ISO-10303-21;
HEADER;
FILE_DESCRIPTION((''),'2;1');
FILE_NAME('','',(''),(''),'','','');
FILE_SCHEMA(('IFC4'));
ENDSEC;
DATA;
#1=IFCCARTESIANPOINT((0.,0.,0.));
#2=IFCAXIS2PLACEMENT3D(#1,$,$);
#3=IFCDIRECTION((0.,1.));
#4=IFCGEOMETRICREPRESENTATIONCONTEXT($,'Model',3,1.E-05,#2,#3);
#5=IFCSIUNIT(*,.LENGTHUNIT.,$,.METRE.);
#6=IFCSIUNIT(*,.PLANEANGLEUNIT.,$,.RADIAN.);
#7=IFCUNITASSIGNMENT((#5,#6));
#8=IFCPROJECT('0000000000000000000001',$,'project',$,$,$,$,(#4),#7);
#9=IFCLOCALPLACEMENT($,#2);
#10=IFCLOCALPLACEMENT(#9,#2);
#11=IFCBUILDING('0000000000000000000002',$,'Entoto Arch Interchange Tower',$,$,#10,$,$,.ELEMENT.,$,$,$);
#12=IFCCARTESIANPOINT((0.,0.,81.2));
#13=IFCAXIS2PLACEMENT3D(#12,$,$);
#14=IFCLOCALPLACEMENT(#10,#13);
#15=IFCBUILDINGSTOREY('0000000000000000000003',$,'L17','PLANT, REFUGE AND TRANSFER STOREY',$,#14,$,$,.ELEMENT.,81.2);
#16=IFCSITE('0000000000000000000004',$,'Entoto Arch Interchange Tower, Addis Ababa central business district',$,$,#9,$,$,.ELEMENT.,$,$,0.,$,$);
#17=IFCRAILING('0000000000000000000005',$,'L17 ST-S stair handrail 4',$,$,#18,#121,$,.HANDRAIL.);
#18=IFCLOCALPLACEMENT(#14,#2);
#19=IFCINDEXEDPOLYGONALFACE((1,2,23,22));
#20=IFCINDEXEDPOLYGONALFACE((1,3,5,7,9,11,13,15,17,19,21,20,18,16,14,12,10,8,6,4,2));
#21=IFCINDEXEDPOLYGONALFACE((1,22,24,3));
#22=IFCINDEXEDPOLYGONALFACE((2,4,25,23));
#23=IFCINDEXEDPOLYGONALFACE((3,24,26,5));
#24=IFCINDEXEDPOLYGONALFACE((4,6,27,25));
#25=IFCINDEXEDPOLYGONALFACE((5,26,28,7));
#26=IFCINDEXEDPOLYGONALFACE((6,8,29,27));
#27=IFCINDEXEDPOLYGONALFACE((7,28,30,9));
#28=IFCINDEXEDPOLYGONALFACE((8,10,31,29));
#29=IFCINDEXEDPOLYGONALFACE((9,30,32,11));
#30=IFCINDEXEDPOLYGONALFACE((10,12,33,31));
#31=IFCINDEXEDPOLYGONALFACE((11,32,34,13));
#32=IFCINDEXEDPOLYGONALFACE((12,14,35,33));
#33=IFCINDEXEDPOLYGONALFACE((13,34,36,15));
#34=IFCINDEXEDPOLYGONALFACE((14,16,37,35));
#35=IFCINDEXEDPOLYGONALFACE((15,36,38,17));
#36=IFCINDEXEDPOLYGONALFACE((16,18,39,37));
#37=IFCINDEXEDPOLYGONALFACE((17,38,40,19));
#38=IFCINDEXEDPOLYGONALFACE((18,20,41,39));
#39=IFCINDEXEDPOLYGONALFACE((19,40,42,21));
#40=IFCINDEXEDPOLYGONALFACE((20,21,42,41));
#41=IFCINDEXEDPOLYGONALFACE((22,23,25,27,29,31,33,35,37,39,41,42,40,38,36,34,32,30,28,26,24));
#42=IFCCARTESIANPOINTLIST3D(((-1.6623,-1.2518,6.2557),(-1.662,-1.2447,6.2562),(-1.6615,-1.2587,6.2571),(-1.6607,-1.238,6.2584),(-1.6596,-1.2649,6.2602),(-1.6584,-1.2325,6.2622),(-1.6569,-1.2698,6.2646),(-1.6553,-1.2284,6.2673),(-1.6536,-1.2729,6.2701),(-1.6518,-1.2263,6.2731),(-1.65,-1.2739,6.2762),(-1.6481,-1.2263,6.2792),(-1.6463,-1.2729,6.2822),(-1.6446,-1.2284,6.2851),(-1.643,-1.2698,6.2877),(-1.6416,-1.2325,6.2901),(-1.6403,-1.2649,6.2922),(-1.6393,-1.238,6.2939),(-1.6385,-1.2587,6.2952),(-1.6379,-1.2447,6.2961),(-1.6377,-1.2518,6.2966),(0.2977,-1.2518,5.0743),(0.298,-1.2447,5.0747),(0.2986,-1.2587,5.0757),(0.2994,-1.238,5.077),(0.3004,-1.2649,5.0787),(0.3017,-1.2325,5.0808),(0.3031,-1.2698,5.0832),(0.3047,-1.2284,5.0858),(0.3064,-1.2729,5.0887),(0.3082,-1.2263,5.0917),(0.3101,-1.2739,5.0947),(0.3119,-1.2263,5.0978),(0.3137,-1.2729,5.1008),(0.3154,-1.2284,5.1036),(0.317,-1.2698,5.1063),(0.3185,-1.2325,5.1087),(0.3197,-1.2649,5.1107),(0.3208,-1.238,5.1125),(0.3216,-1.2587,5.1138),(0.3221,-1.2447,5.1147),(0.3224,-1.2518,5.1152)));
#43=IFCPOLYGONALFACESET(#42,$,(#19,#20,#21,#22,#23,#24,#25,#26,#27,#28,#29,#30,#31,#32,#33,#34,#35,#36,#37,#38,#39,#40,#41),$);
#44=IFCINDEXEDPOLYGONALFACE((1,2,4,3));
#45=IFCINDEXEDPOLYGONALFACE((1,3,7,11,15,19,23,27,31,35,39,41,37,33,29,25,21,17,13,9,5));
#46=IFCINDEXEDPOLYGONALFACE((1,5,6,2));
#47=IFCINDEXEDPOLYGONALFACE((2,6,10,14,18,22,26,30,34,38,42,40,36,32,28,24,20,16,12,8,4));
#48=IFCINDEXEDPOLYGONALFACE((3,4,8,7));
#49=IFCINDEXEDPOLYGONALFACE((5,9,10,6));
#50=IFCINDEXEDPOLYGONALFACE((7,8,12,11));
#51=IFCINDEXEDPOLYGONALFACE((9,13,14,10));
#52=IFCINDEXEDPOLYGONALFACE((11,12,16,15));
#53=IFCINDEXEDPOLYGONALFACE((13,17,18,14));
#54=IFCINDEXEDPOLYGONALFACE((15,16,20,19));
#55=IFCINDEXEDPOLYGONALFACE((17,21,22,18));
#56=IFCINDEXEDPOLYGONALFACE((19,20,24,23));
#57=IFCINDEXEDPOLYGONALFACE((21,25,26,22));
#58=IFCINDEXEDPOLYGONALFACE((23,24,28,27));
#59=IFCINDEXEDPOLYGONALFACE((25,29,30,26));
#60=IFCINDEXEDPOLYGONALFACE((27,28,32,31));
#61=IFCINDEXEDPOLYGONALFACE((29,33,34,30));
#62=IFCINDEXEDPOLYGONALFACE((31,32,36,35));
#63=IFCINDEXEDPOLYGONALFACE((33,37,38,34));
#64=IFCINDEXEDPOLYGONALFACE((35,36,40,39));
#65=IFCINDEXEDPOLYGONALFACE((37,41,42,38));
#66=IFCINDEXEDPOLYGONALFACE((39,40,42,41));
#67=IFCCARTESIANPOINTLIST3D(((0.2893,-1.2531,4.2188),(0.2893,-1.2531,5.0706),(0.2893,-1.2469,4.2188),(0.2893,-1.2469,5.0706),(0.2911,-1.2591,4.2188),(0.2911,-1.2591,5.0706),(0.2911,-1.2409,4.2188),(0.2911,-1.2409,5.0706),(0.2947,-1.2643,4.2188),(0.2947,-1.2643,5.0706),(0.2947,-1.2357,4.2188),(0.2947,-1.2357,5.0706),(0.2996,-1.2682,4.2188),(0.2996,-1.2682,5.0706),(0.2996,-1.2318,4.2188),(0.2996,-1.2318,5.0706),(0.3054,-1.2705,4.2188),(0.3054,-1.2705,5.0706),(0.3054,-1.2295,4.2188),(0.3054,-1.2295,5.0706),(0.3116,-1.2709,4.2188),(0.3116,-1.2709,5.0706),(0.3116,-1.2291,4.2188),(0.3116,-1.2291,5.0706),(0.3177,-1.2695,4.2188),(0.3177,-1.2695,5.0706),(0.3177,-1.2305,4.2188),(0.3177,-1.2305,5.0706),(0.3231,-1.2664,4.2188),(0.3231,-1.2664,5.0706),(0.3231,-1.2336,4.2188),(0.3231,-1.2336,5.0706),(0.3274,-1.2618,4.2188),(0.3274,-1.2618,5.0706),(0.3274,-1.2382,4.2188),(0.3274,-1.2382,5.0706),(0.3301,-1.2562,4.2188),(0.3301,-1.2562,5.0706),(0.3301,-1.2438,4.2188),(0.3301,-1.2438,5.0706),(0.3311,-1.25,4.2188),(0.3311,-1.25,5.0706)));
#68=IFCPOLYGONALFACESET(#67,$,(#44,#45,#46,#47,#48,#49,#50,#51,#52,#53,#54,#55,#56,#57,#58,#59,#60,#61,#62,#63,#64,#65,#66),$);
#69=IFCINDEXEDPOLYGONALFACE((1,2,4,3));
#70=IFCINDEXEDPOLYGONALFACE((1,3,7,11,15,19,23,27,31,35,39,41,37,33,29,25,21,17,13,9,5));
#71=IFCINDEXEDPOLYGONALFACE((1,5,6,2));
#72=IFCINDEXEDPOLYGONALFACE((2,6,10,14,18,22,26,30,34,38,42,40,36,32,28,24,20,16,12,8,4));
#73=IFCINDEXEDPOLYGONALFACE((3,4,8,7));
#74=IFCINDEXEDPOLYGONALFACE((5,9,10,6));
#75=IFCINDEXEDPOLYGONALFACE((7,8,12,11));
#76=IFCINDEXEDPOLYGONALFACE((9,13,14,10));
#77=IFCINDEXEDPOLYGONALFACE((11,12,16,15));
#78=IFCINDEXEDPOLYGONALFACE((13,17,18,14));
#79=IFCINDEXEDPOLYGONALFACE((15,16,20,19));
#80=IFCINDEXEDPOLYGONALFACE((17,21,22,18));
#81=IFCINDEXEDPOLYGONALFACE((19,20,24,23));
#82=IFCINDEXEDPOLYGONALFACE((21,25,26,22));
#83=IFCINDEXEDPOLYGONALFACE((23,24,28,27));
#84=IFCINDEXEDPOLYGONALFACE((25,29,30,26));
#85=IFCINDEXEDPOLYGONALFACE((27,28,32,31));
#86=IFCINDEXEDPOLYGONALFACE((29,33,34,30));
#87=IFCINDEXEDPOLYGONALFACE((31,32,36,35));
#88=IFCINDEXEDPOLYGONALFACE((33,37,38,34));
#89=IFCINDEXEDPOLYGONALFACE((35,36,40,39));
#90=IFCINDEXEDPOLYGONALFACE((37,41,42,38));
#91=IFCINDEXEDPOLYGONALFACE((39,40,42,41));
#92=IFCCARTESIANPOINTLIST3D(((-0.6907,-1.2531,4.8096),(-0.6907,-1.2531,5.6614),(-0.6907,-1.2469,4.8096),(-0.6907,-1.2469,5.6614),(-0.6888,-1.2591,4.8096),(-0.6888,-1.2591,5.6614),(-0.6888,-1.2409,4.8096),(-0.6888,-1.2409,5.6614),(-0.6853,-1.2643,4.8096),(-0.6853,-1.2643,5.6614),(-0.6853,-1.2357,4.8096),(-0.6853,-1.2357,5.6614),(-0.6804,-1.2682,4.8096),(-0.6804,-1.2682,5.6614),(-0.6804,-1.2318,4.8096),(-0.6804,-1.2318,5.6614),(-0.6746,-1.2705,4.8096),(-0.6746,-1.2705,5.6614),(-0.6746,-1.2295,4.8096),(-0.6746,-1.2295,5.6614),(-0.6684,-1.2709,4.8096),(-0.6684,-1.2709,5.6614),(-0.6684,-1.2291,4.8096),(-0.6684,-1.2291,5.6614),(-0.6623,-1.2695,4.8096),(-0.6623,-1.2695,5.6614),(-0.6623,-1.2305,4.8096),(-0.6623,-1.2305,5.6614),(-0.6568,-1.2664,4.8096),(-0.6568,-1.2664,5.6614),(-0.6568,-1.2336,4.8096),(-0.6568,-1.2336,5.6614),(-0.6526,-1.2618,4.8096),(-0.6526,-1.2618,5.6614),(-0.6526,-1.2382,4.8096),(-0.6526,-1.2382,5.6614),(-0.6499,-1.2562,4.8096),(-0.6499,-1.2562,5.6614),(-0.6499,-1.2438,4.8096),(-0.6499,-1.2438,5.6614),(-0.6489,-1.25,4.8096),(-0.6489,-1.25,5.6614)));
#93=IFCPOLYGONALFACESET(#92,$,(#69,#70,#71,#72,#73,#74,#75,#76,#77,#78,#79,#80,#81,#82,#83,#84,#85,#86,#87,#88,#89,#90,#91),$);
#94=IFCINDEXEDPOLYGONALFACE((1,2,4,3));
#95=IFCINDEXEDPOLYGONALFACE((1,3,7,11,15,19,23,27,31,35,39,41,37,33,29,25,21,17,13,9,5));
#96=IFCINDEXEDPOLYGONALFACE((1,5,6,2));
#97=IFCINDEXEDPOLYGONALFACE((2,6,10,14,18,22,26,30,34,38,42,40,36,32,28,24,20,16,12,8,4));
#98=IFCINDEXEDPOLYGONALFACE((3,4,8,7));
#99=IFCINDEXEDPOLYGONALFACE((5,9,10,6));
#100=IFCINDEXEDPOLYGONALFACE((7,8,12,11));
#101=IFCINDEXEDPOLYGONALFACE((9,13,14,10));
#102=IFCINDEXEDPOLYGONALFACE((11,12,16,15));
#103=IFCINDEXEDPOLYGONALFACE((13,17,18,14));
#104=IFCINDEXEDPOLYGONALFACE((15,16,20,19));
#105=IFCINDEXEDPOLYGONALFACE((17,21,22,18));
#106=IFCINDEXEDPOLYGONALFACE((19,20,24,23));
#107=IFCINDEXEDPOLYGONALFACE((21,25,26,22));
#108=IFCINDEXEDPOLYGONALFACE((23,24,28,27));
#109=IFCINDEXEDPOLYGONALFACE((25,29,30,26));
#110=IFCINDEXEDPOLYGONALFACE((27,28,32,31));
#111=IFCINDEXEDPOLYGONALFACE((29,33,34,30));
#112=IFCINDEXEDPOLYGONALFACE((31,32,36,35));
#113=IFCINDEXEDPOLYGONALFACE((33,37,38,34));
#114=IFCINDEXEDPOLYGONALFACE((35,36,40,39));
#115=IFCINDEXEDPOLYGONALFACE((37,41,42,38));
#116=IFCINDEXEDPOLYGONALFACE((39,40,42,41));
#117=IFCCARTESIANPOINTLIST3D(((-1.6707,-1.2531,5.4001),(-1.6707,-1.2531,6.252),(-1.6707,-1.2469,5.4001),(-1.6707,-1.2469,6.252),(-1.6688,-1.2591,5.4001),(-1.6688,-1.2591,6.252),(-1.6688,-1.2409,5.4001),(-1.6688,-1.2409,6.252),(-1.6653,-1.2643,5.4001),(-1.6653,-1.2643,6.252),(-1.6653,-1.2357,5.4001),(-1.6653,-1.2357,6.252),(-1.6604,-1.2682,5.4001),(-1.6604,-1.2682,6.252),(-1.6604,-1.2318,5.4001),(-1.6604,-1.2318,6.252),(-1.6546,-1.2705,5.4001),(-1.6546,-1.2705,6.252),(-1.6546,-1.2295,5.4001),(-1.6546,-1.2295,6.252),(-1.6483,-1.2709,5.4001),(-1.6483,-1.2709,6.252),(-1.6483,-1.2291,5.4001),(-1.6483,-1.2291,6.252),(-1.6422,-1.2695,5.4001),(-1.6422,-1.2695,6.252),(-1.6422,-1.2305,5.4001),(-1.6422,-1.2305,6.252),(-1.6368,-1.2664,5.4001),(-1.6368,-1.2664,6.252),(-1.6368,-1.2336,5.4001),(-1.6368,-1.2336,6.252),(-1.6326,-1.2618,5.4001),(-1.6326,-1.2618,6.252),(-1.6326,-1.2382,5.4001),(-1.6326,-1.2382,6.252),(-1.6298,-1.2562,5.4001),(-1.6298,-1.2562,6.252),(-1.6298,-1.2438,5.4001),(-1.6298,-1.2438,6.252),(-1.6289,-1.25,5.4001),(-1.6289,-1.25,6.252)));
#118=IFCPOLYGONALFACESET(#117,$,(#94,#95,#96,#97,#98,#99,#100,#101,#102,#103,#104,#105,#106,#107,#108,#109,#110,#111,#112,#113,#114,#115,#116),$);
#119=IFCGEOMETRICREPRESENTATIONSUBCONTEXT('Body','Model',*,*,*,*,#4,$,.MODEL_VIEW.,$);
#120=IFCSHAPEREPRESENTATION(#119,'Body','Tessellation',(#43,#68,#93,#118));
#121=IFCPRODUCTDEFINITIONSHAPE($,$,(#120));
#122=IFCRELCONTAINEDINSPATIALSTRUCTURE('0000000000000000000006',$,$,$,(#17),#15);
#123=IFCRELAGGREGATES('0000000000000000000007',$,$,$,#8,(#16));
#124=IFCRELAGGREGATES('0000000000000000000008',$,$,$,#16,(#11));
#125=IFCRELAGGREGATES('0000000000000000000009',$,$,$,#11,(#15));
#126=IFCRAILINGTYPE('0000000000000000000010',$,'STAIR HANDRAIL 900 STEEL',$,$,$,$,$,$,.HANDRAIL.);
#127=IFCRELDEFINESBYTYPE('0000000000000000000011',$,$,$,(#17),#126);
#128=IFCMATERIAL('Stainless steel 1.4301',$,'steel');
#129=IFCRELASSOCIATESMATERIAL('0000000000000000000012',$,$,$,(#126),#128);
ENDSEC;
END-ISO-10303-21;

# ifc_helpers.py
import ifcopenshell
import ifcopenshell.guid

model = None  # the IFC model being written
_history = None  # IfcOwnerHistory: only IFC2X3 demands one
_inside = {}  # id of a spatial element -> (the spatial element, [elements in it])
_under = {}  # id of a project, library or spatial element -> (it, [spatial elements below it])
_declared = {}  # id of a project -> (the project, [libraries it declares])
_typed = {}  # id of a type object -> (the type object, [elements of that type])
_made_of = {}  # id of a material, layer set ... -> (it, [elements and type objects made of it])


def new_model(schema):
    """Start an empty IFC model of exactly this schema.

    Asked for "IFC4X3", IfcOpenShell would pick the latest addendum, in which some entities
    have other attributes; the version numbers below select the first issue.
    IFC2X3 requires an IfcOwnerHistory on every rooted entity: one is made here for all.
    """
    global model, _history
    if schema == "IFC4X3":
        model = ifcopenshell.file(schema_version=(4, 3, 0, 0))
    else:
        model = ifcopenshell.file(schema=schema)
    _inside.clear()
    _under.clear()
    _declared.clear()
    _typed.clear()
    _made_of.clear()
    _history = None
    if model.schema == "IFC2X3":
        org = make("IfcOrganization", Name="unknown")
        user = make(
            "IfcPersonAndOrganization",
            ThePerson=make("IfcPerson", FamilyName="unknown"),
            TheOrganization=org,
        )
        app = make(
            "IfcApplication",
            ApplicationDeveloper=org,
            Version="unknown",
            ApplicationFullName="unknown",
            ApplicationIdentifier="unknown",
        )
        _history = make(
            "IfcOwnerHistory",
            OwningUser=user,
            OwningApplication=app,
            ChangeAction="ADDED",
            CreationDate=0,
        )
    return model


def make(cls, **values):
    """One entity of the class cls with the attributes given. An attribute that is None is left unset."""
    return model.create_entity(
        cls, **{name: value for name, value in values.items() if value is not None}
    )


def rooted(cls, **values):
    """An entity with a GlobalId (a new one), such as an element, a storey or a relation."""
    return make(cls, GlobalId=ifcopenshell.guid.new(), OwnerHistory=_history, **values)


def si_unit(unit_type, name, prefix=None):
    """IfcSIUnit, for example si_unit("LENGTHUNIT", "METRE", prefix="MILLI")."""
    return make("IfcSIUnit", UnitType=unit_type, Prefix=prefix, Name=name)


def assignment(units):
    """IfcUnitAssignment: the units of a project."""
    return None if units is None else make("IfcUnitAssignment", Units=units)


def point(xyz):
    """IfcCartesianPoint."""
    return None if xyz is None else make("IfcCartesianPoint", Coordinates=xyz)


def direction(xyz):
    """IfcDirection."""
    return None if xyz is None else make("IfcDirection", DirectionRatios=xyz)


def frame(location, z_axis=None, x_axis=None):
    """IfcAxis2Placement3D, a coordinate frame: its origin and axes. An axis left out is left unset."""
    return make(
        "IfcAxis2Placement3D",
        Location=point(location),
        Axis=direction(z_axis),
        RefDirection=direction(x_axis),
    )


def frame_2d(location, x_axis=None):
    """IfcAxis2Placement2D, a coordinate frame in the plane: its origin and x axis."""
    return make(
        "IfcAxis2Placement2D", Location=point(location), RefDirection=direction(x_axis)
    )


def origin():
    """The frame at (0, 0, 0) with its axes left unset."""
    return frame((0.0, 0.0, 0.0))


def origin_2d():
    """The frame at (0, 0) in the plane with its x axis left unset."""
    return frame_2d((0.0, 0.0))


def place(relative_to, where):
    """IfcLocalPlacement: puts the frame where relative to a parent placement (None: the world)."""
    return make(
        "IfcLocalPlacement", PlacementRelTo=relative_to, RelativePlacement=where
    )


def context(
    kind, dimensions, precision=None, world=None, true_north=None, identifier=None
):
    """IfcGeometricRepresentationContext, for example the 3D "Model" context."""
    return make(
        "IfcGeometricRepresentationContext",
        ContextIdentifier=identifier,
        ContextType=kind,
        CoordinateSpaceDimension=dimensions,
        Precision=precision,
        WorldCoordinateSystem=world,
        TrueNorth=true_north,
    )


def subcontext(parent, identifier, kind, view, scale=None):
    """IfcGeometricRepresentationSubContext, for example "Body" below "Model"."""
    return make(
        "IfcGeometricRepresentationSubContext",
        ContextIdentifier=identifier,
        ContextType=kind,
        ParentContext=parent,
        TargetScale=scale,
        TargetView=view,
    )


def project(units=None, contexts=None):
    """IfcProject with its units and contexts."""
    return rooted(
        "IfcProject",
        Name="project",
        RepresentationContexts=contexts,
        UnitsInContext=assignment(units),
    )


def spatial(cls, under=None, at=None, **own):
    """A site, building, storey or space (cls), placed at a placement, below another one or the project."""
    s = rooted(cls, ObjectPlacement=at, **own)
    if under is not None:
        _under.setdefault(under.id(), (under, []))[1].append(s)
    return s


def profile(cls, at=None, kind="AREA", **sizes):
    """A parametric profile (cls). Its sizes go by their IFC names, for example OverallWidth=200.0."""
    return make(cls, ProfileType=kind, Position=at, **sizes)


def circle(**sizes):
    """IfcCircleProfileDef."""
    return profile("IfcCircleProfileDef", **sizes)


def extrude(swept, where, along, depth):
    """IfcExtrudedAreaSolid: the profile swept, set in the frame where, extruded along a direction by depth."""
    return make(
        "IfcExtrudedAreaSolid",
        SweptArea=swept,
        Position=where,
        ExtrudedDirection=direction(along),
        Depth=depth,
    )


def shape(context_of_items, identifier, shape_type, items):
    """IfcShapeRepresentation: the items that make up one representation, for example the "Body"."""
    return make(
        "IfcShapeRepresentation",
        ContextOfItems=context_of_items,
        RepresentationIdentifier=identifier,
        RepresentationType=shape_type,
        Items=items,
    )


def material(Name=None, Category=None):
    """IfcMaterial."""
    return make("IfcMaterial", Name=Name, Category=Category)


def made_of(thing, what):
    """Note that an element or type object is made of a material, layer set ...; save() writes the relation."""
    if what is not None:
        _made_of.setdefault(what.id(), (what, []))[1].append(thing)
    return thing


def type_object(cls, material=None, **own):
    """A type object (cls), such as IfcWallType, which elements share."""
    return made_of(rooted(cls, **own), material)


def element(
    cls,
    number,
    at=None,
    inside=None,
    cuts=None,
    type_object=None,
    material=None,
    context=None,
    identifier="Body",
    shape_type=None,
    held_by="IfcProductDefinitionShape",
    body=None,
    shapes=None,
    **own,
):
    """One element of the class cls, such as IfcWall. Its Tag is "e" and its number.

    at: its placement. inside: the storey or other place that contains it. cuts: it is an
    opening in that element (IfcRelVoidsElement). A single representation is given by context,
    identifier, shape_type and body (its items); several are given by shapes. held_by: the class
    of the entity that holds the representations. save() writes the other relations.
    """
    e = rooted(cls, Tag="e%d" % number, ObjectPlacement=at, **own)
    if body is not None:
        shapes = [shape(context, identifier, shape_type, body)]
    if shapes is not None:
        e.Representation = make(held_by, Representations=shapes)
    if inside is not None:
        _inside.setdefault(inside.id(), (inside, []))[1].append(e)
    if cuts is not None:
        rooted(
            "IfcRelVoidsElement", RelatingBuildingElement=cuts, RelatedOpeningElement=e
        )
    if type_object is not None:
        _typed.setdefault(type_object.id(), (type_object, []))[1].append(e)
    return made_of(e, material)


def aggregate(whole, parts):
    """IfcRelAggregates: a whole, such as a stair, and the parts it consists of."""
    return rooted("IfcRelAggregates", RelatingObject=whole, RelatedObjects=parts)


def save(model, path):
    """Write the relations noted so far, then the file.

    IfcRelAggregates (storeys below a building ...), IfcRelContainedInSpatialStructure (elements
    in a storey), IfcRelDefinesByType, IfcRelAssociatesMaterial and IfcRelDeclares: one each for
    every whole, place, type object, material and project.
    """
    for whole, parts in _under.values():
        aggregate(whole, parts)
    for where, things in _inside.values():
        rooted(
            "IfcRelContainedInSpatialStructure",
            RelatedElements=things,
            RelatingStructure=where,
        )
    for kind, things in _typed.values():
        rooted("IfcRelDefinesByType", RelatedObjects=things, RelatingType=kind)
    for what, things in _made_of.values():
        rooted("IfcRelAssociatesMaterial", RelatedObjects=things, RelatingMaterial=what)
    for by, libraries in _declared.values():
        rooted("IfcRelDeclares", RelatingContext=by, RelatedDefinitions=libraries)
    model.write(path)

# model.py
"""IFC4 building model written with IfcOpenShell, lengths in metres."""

from ifc_helpers import new_model, si_unit, direction, frame, origin, origin_2d, place, context, subcontext, project, spatial, circle, extrude, material, type_object, element, save


model = new_model("IFC4")

# Units and contexts
model_context = context("Model", 3, precision=1e-05, world=origin(), true_north=direction((0.0, 1.0)))
body_context = subcontext(model_context, "Body", "Model", "MODEL_VIEW")
ifc_project = project(units=[si_unit("LENGTHUNIT", "METRE"), si_unit("PLANEANGLEUNIT", "RADIAN")], contexts=[model_context])

# Site, building, storey
site_placement = place(None, origin())
site = spatial("IfcSite", under=ifc_project, at=site_placement, Name="Entoto Arch Interchange Tower, Addis Ababa central business district", CompositionType="ELEMENT", RefElevation=0.0)
building_placement = place(site_placement, origin())
building = spatial("IfcBuilding", under=site, at=building_placement, Name="Entoto Arch Interchange Tower", CompositionType="ELEMENT")
storey_placement = place(building_placement, frame((0.0, 0.0, 81.2)))
storey = spatial("IfcBuildingStorey", under=building, at=storey_placement, Name="L17", Description="PLANT, REFUGE AND TRANSFER STOREY", CompositionType="ELEMENT", Elevation=81.2)

# Railing
ifc_material_1 = material(Name="Stainless steel 1.4301", Category="steel")
railing_type_1 = type_object("IfcRailingType", Name="STAIR HANDRAIL 900 STEEL", PredefinedType="HANDRAIL", material=ifc_material_1)
railing_1_placement = place(storey_placement, frame((0.3101, -1.25, 4.2188)))
element("IfcRailing", 1, at=railing_1_placement, inside=storey, type_object=railing_type_1, Name="L17 ST-S stair handrail 4", PredefinedType="HANDRAIL", context=body_context, shape_type="SweptSolid", body=[
    extrude(circle(Radius=0.0239, at=origin_2d()), frame((0.0, 0.0, 0.876), z_axis=(-0.856446, 0.0, 0.516236), x_axis=(0.0, -1.0, 0.0)), (0.0, 0.0, 1.0), 2.2886),
    extrude(circle(Radius=0.021, at=origin_2d()), origin(), (0.0, 0.0, 1.0), 0.8518),
    extrude(circle(Radius=0.021, at=origin_2d()), frame((-0.98, 0.0, 0.5908)), (0.0, 0.0, 1.0), 0.8518),
    extrude(circle(Radius=0.021, at=origin_2d()), frame((-1.96, 0.0, 1.1814)), (0.0, 0.0, 1.0), 0.8518),
])

save(model, "model.ifc")
